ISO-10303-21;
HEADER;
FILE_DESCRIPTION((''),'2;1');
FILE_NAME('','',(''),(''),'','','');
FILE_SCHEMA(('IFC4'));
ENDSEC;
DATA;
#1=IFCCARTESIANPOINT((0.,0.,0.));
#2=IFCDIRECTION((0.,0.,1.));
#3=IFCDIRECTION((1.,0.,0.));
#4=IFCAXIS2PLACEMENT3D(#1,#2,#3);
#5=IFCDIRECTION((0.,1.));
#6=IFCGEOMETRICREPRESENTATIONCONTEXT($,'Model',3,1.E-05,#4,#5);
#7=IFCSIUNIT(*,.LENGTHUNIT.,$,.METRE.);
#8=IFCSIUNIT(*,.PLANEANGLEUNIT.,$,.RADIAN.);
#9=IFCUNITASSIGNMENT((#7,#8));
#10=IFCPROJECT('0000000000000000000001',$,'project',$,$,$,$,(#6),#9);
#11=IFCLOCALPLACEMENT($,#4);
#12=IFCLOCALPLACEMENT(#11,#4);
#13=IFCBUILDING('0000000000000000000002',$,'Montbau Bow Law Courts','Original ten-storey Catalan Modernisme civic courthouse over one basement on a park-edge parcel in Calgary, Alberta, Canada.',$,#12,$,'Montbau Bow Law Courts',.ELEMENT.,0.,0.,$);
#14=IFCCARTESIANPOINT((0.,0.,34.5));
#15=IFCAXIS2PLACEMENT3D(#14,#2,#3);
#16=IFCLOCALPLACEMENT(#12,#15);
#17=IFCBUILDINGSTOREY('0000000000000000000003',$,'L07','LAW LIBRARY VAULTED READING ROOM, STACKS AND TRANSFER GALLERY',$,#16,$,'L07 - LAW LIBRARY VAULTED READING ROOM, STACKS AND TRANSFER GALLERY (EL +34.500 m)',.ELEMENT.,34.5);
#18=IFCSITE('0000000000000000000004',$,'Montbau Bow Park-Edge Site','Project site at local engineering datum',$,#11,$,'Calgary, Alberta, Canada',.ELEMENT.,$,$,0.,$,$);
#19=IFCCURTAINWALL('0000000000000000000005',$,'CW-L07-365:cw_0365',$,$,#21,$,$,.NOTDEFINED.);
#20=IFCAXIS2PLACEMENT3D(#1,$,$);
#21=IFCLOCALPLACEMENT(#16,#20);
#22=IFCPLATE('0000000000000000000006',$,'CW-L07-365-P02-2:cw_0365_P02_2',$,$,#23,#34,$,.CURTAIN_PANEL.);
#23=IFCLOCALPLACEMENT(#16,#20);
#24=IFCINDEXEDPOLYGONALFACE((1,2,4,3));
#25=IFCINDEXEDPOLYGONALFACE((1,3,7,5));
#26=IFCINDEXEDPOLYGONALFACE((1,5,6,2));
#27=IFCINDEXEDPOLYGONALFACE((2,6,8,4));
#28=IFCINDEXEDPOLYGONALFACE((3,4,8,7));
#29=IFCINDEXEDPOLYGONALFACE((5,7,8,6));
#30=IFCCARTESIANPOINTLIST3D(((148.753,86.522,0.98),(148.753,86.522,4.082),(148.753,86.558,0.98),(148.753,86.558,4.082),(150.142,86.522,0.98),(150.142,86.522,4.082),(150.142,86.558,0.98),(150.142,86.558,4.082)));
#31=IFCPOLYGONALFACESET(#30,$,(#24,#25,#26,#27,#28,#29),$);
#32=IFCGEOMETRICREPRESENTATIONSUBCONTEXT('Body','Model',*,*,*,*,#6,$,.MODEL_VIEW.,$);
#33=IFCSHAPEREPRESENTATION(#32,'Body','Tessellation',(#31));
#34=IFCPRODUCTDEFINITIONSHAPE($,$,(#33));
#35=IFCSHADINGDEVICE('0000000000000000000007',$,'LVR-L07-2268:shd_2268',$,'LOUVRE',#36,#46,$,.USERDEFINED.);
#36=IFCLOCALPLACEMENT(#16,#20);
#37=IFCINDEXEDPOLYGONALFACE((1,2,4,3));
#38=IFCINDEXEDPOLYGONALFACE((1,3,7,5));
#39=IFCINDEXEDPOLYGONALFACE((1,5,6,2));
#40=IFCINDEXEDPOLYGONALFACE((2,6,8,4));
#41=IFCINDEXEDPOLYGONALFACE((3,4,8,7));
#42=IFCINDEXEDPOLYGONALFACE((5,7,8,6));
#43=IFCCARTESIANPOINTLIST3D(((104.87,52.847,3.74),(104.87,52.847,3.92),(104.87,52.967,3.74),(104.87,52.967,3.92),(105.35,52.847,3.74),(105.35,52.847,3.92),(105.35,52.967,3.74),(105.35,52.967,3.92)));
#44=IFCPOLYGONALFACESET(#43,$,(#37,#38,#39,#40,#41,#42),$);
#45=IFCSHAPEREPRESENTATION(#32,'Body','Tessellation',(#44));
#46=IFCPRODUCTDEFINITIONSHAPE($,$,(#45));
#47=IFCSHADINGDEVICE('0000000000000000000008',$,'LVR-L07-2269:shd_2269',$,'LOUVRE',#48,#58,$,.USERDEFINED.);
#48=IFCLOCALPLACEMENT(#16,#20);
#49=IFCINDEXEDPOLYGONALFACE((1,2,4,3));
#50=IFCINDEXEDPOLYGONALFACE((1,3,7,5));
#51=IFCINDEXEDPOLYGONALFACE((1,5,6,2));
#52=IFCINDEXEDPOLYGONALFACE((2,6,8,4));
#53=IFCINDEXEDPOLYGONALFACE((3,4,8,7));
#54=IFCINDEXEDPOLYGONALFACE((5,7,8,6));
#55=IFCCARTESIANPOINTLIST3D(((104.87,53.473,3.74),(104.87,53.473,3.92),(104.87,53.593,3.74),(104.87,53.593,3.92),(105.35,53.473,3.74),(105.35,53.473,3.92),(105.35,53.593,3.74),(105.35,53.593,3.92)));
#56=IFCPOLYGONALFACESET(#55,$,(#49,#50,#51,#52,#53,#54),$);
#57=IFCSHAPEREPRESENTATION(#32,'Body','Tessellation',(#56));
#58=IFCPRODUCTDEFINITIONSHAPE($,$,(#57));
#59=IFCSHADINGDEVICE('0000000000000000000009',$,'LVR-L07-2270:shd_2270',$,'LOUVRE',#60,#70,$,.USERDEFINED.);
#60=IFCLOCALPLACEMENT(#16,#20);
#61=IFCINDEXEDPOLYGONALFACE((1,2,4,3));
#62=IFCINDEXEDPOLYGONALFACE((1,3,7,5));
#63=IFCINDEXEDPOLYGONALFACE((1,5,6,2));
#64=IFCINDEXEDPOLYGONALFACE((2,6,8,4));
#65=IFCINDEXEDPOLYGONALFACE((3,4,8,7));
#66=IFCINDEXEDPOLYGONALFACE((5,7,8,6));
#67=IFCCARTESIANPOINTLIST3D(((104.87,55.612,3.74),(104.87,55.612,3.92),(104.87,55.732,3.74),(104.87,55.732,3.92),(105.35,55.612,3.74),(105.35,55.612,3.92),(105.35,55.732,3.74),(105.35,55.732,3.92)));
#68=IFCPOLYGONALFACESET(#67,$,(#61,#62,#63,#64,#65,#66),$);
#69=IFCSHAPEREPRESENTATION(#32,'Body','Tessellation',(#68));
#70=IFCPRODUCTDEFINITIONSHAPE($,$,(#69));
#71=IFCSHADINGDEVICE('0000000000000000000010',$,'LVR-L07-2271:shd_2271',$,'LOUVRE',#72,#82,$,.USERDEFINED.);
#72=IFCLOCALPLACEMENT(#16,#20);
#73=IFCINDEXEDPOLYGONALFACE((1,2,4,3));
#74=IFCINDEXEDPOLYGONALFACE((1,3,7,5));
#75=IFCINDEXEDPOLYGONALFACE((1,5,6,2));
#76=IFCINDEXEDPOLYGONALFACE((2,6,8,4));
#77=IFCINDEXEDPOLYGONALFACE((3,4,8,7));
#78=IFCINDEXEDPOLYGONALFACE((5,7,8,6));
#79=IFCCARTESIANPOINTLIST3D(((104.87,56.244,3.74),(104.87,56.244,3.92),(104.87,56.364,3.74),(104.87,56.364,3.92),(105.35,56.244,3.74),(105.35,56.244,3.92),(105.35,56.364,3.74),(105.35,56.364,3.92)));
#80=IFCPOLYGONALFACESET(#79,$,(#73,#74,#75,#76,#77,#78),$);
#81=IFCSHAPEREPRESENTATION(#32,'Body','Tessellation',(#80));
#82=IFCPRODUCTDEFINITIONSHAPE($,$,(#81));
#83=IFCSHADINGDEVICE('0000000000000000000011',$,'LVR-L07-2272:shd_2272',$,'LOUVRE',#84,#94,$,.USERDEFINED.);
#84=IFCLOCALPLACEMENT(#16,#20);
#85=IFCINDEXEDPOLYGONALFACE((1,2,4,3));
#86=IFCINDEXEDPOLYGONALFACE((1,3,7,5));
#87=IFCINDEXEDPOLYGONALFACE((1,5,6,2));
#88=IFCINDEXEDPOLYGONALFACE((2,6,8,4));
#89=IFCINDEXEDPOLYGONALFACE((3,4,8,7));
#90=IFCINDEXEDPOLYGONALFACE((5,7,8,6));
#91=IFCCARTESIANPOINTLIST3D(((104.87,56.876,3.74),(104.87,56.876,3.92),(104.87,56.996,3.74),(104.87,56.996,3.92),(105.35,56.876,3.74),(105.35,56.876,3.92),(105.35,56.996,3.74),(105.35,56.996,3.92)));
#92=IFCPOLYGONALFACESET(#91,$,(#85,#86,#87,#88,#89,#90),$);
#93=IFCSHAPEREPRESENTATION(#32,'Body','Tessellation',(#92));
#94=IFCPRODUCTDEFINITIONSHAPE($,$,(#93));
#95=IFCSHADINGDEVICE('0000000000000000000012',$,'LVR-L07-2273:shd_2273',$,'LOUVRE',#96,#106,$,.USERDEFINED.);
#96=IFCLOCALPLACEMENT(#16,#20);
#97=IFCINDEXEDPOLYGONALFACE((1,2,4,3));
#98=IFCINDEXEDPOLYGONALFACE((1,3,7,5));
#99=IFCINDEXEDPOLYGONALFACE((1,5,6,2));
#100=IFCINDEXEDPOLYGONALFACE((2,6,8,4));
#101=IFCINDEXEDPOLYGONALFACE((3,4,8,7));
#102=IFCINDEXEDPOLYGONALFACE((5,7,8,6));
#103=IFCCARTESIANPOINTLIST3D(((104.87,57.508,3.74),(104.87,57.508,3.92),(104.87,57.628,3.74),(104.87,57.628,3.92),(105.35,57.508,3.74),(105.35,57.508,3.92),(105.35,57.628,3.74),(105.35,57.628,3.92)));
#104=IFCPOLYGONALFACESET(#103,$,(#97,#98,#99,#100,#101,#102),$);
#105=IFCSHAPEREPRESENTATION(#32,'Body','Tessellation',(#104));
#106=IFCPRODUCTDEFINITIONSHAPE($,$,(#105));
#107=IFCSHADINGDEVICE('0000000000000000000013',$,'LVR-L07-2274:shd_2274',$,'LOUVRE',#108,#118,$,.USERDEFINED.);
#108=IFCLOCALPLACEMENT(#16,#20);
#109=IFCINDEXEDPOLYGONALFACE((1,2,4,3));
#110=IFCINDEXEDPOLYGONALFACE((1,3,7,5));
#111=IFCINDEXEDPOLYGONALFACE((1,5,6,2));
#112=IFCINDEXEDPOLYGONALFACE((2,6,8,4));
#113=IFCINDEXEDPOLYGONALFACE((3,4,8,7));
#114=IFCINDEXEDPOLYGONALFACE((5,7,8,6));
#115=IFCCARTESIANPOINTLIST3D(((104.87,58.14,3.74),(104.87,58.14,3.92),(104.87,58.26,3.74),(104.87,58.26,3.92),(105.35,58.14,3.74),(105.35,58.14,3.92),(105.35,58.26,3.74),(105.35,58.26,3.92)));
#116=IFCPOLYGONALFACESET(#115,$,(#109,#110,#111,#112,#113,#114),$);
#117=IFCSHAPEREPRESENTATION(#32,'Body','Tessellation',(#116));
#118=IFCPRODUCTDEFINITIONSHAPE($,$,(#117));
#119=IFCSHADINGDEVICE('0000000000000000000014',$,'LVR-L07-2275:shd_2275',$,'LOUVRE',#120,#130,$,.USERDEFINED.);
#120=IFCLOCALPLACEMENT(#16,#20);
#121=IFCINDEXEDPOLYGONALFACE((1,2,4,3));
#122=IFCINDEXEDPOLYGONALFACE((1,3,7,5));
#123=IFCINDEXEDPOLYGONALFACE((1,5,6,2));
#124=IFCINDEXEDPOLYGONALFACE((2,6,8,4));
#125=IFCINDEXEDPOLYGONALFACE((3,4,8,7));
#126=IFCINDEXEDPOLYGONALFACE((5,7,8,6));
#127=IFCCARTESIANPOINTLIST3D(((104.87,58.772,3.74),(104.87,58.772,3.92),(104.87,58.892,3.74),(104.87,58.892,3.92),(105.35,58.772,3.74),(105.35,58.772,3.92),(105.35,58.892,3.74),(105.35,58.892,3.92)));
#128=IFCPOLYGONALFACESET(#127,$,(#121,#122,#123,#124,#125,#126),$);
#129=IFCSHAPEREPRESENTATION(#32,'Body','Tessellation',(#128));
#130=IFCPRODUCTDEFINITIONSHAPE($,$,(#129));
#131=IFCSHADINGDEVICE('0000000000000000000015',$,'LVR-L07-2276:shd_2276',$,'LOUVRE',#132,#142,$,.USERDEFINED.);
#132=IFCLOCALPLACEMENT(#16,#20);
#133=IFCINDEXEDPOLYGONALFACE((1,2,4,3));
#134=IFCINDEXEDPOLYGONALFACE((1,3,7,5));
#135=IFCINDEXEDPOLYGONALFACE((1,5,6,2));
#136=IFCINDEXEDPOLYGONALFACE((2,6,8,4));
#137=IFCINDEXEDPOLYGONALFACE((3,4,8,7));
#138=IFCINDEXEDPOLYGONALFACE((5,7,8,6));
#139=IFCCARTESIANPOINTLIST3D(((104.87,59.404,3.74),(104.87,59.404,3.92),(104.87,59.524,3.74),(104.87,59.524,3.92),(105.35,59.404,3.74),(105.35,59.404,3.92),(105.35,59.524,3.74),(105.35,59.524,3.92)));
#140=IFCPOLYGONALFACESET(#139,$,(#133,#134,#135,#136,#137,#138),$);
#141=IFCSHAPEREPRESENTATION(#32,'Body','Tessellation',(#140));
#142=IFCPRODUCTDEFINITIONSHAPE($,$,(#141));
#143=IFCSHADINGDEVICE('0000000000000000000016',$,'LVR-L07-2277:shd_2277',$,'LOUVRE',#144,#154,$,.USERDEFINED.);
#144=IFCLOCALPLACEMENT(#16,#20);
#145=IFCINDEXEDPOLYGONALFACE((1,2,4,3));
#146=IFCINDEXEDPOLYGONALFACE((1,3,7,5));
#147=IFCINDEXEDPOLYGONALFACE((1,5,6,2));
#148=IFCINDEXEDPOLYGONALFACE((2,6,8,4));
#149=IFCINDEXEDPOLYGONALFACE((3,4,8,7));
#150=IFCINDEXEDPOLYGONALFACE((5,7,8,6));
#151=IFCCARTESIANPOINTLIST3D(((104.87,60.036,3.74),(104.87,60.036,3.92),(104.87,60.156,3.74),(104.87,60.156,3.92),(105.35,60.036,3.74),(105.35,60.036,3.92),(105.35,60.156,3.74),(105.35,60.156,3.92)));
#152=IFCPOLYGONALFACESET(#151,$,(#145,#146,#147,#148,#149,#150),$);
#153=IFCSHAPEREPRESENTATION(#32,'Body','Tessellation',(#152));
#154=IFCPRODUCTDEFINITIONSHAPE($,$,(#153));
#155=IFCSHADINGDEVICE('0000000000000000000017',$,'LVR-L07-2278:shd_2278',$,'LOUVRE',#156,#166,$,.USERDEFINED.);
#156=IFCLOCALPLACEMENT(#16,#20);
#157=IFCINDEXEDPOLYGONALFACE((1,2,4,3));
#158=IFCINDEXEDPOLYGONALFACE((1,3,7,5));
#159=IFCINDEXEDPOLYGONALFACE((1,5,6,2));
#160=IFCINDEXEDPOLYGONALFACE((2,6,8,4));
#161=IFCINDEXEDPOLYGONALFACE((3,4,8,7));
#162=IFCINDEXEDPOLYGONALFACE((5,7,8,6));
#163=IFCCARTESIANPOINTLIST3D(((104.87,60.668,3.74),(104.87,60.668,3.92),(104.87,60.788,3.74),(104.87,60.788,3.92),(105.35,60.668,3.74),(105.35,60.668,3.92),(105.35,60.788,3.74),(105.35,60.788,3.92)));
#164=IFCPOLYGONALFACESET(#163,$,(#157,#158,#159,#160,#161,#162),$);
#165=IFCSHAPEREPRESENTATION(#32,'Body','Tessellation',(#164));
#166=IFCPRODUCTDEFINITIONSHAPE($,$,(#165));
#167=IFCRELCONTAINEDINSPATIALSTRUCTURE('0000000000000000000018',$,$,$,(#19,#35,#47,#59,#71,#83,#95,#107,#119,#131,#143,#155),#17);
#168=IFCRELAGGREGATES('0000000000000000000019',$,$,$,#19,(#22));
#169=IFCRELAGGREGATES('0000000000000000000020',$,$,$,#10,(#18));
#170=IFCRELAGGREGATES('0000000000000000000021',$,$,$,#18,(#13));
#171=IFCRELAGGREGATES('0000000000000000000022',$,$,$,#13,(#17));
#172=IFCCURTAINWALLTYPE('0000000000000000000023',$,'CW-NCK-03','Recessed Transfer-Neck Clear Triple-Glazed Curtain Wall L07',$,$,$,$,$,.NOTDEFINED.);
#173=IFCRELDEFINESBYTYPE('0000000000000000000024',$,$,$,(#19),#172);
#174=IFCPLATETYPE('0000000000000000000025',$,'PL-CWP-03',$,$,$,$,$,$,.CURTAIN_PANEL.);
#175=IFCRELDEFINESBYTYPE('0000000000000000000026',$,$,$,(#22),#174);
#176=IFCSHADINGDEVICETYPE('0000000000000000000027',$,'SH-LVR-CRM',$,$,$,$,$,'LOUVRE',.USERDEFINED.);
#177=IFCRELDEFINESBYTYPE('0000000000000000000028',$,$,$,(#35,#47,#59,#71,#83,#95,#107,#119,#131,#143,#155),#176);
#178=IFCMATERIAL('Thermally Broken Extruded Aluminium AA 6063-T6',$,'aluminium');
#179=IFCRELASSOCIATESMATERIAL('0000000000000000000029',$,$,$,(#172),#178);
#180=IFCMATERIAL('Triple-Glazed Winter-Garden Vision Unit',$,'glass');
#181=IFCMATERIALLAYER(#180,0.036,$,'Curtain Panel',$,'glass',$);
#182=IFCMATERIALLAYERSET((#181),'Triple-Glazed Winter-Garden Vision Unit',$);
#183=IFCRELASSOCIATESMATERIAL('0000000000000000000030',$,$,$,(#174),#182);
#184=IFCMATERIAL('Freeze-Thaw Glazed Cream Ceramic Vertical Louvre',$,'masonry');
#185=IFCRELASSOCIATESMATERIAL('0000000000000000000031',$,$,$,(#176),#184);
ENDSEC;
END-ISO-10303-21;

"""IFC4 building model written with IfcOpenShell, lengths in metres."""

from ifc_helpers import new_model, si_unit, direction, frame, frame_2d, origin_with_axes, origin_2d_with_axis, place, context, subcontext, project, spatial, rectangle, extrude, material, layer, layer_set, type_object, element, aggregate, save


model = new_model("IFC4")

# Units and contexts
model_context = context("Model", 3, precision=1e-05, world=origin_with_axes(), true_north=direction((0.0, 1.0)))
body_context = subcontext(model_context, "Body", "Model", "MODEL_VIEW")
ifc_project = project(units=[si_unit("LENGTHUNIT", "METRE"), si_unit("PLANEANGLEUNIT", "RADIAN")], contexts=[model_context])

# Site, building, storey
site_placement = place(None, origin_with_axes())
site = spatial("IfcSite", under=ifc_project, at=site_placement, Name="Montbau Bow Park-Edge Site", Description="Project site at local engineering datum", LongName="Calgary, Alberta, Canada", CompositionType="ELEMENT", RefElevation=0.0)
building_placement = place(site_placement, origin_with_axes())
building = spatial("IfcBuilding", under=site, at=building_placement, Name="Montbau Bow Law Courts", Description="Original ten-storey Catalan Modernisme civic courthouse over one basement on a park-edge parcel in Calgary, Alberta, Canada.", LongName="Montbau Bow Law Courts", CompositionType="ELEMENT", ElevationOfRefHeight=0.0, ElevationOfTerrain=0.0)
storey_placement = place(building_placement, frame((0.0, 0.0, 34.5), z_axis=(0.0, 0.0, 1.0), x_axis=(1.0, 0.0, 0.0)))
storey = spatial("IfcBuildingStorey", under=building, at=storey_placement, Name="L07", Description="LAW LIBRARY VAULTED READING ROOM, STACKS AND TRANSFER GALLERY", LongName="L07 - LAW LIBRARY VAULTED READING ROOM, STACKS AND TRANSFER GALLERY (EL +34.500 m)", CompositionType="ELEMENT", Elevation=34.5)

# Curtain wall, plate
ifc_material_1 = material(Name="Thermally Broken Extruded Aluminium AA 6063-T6", Category="aluminium")
curtain_wall_type = type_object("IfcCurtainWallType", Name="CW-NCK-03", Description="Recessed Transfer-Neck Clear Triple-Glazed Curtain Wall L07", PredefinedType="NOTDEFINED", material=ifc_material_1)
curtain_wall_placement = place(None, frame((147.268, 86.54, 34.5), z_axis=(0.0, 0.0, 1.0), x_axis=(1.0, 0.0, 0.0)))
curtain_wall = element("IfcCurtainWall", 1, at=curtain_wall_placement, inside=storey, type_object=curtain_wall_type, Name="CW-L07-365:cw_0365", PredefinedType="NOTDEFINED")
ifc_material_2 = material(Name="Triple-Glazed Winter-Garden Vision Unit", Category="glass")
ifc_layer_1 = layer(ifc_material_2, 0.036, Name="Curtain Panel", Category="glass")
ifc_layer_set_1 = layer_set([ifc_layer_1], Name="Triple-Glazed Winter-Garden Vision Unit")
plate_type_1 = type_object("IfcPlateType", Name="PL-CWP-03", PredefinedType="CURTAIN_PANEL", material=ifc_layer_set_1)
plate_1_placement = place(None, frame((148.753, 86.54, 35.48), z_axis=(0.0, -1.0, 0.0), x_axis=(1.0, 0.0, 0.0)))
plate_1 = element("IfcPlate", 2, at=plate_1_placement, type_object=plate_type_1, Name="CW-L07-365-P02-2:cw_0365_P02_2", PredefinedType="CURTAIN_PANEL", context=body_context, shape_type="SweptSolid", body=[
    extrude(rectangle(XDim=1.389, YDim=3.102, at=frame_2d((0.6945, 1.551), x_axis=(1.0, 0.0))), frame((0.0, 0.0, -0.018), z_axis=(0.0, 0.0, 1.0), x_axis=(1.0, 0.0, 0.0)), (0.0, 0.0, 1.0), 0.036),
])
aggregate(curtain_wall, [plate_1])

# Shading devices
ifc_material_3 = material(Name="Freeze-Thaw Glazed Cream Ceramic Vertical Louvre", Category="masonry")
shading_device_type = type_object("IfcShadingDeviceType", Name="SH-LVR-CRM", ElementType="LOUVRE", PredefinedType="USERDEFINED", material=ifc_material_3)
for number, where, z_axis, x_axis, name in (
    (3, (105.11, 52.907, 38.24), (0.0, 0.0, 1.0), (1.0, 0.0, 0.0), "LVR-L07-2268:shd_2268"),
    (4, (105.11, 53.533, 38.24), (0.0, 0.0, 1.0), (1.0, 0.0, 0.0), "LVR-L07-2269:shd_2269"),
    (5, (105.11, 55.672, 38.24), (0.0, 0.0, 1.0), (1.0, 0.0, 0.0), "LVR-L07-2270:shd_2270"),
    (6, (105.11, 56.304, 38.24), (0.0, 0.0, 1.0), (1.0, 0.0, 0.0), "LVR-L07-2271:shd_2271"),
    (7, (105.11, 56.936, 38.24), (0.0, 0.0, 1.0), (1.0, 0.0, 0.0), "LVR-L07-2272:shd_2272"),
    (8, (105.11, 57.568, 38.24), (0.0, 0.0, 1.0), (1.0, 0.0, 0.0), "LVR-L07-2273:shd_2273"),
    (9, (105.11, 58.2, 38.24), (0.0, 0.0, 1.0), (1.0, 0.0, 0.0), "LVR-L07-2274:shd_2274"),
    (10, (105.11, 58.832, 38.24), (0.0, 0.0, 1.0), (1.0, 0.0, 0.0), "LVR-L07-2275:shd_2275"),
    (11, (105.11, 59.464, 38.24), (0.0, 0.0, 1.0), (1.0, 0.0, 0.0), "LVR-L07-2276:shd_2276"),
    (12, (105.11, 60.096, 38.24), (0.0, 0.0, 1.0), (1.0, 0.0, 0.0), "LVR-L07-2277:shd_2277"),
    (13, (105.11, 60.728, 38.24), (0.0, 0.0, 1.0), (1.0, 0.0, 0.0), "LVR-L07-2278:shd_2278"),
):
    element("IfcShadingDevice", number, at=place(None, frame(where, z_axis=z_axis, x_axis=x_axis)), inside=storey, type_object=shading_device_type, Name=name, ObjectType="LOUVRE", PredefinedType="USERDEFINED", context=body_context, shape_type="SweptSolid", body=[
        extrude(rectangle(XDim=0.48, YDim=0.12, at=origin_2d_with_axis()), origin_with_axes(), (0.0, 0.0, 1.0), 0.18),
    ])

save(model, "model.ifc")
